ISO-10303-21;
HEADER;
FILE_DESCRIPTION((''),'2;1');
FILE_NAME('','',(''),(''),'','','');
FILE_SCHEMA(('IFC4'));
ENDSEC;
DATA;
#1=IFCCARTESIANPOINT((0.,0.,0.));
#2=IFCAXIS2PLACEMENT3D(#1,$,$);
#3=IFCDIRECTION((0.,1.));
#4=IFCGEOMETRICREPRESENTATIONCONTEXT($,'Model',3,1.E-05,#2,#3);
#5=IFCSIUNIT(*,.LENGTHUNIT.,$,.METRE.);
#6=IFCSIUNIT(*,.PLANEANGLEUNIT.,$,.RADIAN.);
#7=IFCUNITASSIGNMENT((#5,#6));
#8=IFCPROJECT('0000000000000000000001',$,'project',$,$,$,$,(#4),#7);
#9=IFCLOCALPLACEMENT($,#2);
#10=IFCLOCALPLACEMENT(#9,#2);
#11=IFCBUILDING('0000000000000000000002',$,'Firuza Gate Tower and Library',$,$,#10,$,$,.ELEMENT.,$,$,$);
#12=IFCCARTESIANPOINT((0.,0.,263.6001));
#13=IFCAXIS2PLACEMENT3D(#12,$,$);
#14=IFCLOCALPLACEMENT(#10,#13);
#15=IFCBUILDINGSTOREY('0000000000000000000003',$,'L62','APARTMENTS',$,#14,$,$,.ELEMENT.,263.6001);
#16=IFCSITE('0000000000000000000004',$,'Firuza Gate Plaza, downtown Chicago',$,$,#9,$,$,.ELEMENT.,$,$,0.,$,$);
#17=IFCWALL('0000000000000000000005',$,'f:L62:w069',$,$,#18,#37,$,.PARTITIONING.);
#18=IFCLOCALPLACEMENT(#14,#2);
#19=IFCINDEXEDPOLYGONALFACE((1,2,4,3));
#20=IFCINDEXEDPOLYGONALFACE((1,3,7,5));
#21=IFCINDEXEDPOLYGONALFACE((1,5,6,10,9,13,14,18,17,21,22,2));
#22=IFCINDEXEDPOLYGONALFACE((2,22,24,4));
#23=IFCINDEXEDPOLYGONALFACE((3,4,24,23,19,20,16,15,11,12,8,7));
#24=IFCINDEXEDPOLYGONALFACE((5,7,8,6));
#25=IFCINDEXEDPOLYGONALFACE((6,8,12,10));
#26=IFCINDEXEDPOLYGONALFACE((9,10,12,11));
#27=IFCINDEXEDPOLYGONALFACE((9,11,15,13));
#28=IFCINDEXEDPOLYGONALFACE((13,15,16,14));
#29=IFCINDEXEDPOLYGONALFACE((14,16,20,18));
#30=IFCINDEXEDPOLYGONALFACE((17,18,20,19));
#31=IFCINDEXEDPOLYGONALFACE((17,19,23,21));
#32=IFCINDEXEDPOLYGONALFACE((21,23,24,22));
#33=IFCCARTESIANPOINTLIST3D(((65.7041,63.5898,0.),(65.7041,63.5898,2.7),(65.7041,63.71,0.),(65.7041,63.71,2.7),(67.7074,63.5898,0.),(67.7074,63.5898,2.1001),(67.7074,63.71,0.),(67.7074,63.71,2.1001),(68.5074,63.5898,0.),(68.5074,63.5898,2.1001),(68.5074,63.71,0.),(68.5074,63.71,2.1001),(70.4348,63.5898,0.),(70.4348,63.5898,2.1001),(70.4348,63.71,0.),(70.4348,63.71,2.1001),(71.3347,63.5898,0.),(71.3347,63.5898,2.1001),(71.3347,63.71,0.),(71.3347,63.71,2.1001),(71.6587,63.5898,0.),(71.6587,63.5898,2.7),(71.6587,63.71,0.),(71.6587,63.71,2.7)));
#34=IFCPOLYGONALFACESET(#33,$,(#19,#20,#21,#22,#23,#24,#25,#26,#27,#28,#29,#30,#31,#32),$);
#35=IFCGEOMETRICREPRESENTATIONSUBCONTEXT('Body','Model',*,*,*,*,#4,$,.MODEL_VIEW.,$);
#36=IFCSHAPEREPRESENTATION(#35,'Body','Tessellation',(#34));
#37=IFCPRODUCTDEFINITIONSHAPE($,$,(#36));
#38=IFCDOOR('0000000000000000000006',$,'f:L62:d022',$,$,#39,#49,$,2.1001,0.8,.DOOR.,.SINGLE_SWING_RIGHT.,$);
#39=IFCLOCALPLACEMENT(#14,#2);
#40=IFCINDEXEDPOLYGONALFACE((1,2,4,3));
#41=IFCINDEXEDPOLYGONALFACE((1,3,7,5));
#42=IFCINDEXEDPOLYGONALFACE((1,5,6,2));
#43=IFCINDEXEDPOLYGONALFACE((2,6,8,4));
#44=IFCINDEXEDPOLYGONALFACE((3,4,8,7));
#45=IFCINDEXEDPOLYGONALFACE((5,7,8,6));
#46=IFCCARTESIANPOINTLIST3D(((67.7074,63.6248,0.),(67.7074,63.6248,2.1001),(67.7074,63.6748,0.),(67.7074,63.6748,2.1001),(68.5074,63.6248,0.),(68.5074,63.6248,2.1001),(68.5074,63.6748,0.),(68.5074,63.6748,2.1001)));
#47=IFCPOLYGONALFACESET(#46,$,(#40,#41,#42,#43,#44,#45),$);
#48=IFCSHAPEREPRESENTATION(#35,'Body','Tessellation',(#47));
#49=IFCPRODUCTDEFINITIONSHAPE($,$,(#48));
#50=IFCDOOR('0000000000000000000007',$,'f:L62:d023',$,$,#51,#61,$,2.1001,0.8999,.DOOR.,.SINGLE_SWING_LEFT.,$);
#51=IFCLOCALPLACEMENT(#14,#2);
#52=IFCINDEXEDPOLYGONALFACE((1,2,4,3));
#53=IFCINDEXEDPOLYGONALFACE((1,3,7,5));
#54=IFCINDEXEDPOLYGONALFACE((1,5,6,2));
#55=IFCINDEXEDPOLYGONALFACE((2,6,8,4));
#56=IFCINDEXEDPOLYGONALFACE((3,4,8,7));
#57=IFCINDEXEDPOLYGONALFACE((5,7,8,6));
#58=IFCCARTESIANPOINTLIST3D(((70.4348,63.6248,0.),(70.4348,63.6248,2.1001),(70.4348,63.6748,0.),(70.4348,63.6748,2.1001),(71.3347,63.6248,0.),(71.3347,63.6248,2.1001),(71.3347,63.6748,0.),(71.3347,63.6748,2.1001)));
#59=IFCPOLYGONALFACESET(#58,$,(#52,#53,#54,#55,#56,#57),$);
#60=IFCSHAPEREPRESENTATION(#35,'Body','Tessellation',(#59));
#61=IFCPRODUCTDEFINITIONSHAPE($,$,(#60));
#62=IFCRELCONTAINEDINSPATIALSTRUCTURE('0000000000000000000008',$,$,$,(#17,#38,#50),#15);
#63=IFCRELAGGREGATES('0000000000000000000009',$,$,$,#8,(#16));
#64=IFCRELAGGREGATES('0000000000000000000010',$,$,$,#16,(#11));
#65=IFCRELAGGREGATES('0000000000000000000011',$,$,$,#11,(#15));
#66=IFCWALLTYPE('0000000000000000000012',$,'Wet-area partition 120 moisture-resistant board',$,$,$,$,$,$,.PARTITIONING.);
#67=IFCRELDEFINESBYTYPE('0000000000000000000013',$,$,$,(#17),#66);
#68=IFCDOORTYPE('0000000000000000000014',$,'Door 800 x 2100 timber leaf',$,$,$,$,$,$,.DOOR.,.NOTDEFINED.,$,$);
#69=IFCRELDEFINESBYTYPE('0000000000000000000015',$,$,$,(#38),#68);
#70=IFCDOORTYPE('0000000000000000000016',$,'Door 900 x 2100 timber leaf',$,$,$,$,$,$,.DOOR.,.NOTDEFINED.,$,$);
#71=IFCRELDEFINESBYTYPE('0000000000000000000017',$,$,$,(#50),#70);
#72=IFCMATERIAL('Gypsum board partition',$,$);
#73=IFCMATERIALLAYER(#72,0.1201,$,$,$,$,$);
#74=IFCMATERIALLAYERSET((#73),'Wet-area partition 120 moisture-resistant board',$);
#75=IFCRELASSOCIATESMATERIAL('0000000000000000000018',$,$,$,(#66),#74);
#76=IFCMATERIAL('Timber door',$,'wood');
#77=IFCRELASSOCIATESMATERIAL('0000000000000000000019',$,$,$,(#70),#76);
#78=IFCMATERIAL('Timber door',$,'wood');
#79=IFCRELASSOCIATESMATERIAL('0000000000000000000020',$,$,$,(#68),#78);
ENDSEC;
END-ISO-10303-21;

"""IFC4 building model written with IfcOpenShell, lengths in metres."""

from ifc_helpers import new_model, si_unit, direction, frame, frame_2d, origin, place, context, subcontext, project, spatial, rectangle, extrude, material, layer, layer_set, type_object, element, fill, save


model = new_model("IFC4")

# Units and contexts
model_context = context("Model", 3, precision=1e-05, world=origin(), true_north=direction((0.0, 1.0)))
body_context = subcontext(model_context, "Body", "Model", "MODEL_VIEW")
ifc_project = project(units=[si_unit("LENGTHUNIT", "METRE"), si_unit("PLANEANGLEUNIT", "RADIAN")], contexts=[model_context])

# Site, building, storey
site_placement = place(None, origin())
site = spatial("IfcSite", under=ifc_project, at=site_placement, Name="Firuza Gate Plaza, downtown Chicago", CompositionType="ELEMENT", RefElevation=0.0)
building_placement = place(site_placement, origin())
building = spatial("IfcBuilding", under=site, at=building_placement, Name="Firuza Gate Tower and Library", CompositionType="ELEMENT")
storey_placement = place(building_placement, frame((0.0, 0.0, 263.6001)))
storey = spatial("IfcBuildingStorey", under=building, at=storey_placement, Name="L62", Description="APARTMENTS", CompositionType="ELEMENT", Elevation=263.6001)

# Shared definitions
ifc_material_1 = material(Name="Gypsum board partition")
ifc_layer_1 = layer(ifc_material_1, 0.1201)
ifc_layer_set_1 = layer_set([ifc_layer_1], Name="Wet-area partition 120 moisture-resistant board")
wall_type_1 = type_object("IfcWallType", Name="Wet-area partition 120 moisture-resistant board", PredefinedType="PARTITIONING", material=ifc_layer_set_1)
ifc_material_2 = material(Name="Timber door", Category="wood")
door_type_1 = type_object("IfcDoorType", Name="Door 900 x 2100 timber leaf", OperationType="NOTDEFINED", PredefinedType="DOOR", material=ifc_material_2)

# Wall, openings, doors
wall_1_placement = place(storey_placement, frame((65.7041, 63.6499, 0.0), z_axis=(0.0, 0.0, 1.0), x_axis=(1.0, 0.0, 0.0)))
wall_1 = element("IfcWall", 1, at=wall_1_placement, inside=storey, type_object=wall_type_1, Name="f:L62:w069", PredefinedType="PARTITIONING", context=body_context, shape_type="SweptSolid", body=[
    extrude(rectangle(XDim=5.9546, YDim=0.1201, at=frame_2d((2.9773, 0.0))), origin(), (0.0, 0.0, 1.0), 2.7),
])
opening_1_placement = place(wall_1_placement, frame((2.0034, 0.0, 0.0)))
opening_1 = element("IfcOpeningElement", 2, at=opening_1_placement, cuts=wall_1, PredefinedType="OPENING", context=body_context, shape_type="SweptSolid", body=[
    extrude(rectangle(XDim=0.8, YDim=2.1001, at=frame_2d((0.3999, 1.05))), frame((0.0, 0.0701, 0.0), z_axis=(0.0, -1.0, 0.0), x_axis=(1.0, 0.0, 0.0)), (0.0, 0.0, 1.0), 0.1401),
])
opening_2_placement = place(wall_1_placement, frame((4.7307, 0.0, 0.0)))
opening_2 = element("IfcOpeningElement", 3, at=opening_2_placement, cuts=wall_1, PredefinedType="OPENING", context=body_context, shape_type="SweptSolid", body=[
    extrude(rectangle(XDim=0.8999, YDim=2.1001, at=frame_2d((0.45, 1.05))), frame((0.0, 0.0701, 0.0), z_axis=(0.0, -1.0, 0.0), x_axis=(1.0, 0.0, 0.0)), (0.0, 0.0, 1.0), 0.1401),
])
ifc_material_3 = material(Name="Timber door", Category="wood")
door_type_2 = type_object("IfcDoorType", Name="Door 800 x 2100 timber leaf", OperationType="NOTDEFINED", PredefinedType="DOOR", material=ifc_material_3)
door_1_placement = place(opening_1_placement, origin())
door_1 = element("IfcDoor", 4, at=door_1_placement, inside=storey, type_object=door_type_2, Name="f:L62:d022", OperationType="SINGLE_SWING_RIGHT", OverallHeight=2.1001, OverallWidth=0.8, PredefinedType="DOOR", context=body_context, shape_type="SweptSolid", body=[
    extrude(rectangle(XDim=0.8, YDim=2.1001, at=frame_2d((0.3999, 1.05))), frame((0.0, 0.0249, 0.0), z_axis=(0.0, -1.0, 0.0), x_axis=(1.0, 0.0, 0.0)), (0.0, 0.0, 1.0), 0.05),
])
fill(opening_1, door_1)
door_2_placement = place(opening_2_placement, origin())
door_2 = element("IfcDoor", 5, at=door_2_placement, inside=storey, type_object=door_type_1, Name="f:L62:d023", OperationType="SINGLE_SWING_LEFT", OverallHeight=2.1001, OverallWidth=0.8999, PredefinedType="DOOR", context=body_context, shape_type="SweptSolid", body=[
    extrude(rectangle(XDim=0.8999, YDim=2.1001, at=frame_2d((0.45, 1.05))), frame((0.0, 0.0249, 0.0), z_axis=(0.0, -1.0, 0.0), x_axis=(1.0, 0.0, 0.0)), (0.0, 0.0, 1.0), 0.05),
])
fill(opening_2, door_2)

save(model, "model.ifc")
